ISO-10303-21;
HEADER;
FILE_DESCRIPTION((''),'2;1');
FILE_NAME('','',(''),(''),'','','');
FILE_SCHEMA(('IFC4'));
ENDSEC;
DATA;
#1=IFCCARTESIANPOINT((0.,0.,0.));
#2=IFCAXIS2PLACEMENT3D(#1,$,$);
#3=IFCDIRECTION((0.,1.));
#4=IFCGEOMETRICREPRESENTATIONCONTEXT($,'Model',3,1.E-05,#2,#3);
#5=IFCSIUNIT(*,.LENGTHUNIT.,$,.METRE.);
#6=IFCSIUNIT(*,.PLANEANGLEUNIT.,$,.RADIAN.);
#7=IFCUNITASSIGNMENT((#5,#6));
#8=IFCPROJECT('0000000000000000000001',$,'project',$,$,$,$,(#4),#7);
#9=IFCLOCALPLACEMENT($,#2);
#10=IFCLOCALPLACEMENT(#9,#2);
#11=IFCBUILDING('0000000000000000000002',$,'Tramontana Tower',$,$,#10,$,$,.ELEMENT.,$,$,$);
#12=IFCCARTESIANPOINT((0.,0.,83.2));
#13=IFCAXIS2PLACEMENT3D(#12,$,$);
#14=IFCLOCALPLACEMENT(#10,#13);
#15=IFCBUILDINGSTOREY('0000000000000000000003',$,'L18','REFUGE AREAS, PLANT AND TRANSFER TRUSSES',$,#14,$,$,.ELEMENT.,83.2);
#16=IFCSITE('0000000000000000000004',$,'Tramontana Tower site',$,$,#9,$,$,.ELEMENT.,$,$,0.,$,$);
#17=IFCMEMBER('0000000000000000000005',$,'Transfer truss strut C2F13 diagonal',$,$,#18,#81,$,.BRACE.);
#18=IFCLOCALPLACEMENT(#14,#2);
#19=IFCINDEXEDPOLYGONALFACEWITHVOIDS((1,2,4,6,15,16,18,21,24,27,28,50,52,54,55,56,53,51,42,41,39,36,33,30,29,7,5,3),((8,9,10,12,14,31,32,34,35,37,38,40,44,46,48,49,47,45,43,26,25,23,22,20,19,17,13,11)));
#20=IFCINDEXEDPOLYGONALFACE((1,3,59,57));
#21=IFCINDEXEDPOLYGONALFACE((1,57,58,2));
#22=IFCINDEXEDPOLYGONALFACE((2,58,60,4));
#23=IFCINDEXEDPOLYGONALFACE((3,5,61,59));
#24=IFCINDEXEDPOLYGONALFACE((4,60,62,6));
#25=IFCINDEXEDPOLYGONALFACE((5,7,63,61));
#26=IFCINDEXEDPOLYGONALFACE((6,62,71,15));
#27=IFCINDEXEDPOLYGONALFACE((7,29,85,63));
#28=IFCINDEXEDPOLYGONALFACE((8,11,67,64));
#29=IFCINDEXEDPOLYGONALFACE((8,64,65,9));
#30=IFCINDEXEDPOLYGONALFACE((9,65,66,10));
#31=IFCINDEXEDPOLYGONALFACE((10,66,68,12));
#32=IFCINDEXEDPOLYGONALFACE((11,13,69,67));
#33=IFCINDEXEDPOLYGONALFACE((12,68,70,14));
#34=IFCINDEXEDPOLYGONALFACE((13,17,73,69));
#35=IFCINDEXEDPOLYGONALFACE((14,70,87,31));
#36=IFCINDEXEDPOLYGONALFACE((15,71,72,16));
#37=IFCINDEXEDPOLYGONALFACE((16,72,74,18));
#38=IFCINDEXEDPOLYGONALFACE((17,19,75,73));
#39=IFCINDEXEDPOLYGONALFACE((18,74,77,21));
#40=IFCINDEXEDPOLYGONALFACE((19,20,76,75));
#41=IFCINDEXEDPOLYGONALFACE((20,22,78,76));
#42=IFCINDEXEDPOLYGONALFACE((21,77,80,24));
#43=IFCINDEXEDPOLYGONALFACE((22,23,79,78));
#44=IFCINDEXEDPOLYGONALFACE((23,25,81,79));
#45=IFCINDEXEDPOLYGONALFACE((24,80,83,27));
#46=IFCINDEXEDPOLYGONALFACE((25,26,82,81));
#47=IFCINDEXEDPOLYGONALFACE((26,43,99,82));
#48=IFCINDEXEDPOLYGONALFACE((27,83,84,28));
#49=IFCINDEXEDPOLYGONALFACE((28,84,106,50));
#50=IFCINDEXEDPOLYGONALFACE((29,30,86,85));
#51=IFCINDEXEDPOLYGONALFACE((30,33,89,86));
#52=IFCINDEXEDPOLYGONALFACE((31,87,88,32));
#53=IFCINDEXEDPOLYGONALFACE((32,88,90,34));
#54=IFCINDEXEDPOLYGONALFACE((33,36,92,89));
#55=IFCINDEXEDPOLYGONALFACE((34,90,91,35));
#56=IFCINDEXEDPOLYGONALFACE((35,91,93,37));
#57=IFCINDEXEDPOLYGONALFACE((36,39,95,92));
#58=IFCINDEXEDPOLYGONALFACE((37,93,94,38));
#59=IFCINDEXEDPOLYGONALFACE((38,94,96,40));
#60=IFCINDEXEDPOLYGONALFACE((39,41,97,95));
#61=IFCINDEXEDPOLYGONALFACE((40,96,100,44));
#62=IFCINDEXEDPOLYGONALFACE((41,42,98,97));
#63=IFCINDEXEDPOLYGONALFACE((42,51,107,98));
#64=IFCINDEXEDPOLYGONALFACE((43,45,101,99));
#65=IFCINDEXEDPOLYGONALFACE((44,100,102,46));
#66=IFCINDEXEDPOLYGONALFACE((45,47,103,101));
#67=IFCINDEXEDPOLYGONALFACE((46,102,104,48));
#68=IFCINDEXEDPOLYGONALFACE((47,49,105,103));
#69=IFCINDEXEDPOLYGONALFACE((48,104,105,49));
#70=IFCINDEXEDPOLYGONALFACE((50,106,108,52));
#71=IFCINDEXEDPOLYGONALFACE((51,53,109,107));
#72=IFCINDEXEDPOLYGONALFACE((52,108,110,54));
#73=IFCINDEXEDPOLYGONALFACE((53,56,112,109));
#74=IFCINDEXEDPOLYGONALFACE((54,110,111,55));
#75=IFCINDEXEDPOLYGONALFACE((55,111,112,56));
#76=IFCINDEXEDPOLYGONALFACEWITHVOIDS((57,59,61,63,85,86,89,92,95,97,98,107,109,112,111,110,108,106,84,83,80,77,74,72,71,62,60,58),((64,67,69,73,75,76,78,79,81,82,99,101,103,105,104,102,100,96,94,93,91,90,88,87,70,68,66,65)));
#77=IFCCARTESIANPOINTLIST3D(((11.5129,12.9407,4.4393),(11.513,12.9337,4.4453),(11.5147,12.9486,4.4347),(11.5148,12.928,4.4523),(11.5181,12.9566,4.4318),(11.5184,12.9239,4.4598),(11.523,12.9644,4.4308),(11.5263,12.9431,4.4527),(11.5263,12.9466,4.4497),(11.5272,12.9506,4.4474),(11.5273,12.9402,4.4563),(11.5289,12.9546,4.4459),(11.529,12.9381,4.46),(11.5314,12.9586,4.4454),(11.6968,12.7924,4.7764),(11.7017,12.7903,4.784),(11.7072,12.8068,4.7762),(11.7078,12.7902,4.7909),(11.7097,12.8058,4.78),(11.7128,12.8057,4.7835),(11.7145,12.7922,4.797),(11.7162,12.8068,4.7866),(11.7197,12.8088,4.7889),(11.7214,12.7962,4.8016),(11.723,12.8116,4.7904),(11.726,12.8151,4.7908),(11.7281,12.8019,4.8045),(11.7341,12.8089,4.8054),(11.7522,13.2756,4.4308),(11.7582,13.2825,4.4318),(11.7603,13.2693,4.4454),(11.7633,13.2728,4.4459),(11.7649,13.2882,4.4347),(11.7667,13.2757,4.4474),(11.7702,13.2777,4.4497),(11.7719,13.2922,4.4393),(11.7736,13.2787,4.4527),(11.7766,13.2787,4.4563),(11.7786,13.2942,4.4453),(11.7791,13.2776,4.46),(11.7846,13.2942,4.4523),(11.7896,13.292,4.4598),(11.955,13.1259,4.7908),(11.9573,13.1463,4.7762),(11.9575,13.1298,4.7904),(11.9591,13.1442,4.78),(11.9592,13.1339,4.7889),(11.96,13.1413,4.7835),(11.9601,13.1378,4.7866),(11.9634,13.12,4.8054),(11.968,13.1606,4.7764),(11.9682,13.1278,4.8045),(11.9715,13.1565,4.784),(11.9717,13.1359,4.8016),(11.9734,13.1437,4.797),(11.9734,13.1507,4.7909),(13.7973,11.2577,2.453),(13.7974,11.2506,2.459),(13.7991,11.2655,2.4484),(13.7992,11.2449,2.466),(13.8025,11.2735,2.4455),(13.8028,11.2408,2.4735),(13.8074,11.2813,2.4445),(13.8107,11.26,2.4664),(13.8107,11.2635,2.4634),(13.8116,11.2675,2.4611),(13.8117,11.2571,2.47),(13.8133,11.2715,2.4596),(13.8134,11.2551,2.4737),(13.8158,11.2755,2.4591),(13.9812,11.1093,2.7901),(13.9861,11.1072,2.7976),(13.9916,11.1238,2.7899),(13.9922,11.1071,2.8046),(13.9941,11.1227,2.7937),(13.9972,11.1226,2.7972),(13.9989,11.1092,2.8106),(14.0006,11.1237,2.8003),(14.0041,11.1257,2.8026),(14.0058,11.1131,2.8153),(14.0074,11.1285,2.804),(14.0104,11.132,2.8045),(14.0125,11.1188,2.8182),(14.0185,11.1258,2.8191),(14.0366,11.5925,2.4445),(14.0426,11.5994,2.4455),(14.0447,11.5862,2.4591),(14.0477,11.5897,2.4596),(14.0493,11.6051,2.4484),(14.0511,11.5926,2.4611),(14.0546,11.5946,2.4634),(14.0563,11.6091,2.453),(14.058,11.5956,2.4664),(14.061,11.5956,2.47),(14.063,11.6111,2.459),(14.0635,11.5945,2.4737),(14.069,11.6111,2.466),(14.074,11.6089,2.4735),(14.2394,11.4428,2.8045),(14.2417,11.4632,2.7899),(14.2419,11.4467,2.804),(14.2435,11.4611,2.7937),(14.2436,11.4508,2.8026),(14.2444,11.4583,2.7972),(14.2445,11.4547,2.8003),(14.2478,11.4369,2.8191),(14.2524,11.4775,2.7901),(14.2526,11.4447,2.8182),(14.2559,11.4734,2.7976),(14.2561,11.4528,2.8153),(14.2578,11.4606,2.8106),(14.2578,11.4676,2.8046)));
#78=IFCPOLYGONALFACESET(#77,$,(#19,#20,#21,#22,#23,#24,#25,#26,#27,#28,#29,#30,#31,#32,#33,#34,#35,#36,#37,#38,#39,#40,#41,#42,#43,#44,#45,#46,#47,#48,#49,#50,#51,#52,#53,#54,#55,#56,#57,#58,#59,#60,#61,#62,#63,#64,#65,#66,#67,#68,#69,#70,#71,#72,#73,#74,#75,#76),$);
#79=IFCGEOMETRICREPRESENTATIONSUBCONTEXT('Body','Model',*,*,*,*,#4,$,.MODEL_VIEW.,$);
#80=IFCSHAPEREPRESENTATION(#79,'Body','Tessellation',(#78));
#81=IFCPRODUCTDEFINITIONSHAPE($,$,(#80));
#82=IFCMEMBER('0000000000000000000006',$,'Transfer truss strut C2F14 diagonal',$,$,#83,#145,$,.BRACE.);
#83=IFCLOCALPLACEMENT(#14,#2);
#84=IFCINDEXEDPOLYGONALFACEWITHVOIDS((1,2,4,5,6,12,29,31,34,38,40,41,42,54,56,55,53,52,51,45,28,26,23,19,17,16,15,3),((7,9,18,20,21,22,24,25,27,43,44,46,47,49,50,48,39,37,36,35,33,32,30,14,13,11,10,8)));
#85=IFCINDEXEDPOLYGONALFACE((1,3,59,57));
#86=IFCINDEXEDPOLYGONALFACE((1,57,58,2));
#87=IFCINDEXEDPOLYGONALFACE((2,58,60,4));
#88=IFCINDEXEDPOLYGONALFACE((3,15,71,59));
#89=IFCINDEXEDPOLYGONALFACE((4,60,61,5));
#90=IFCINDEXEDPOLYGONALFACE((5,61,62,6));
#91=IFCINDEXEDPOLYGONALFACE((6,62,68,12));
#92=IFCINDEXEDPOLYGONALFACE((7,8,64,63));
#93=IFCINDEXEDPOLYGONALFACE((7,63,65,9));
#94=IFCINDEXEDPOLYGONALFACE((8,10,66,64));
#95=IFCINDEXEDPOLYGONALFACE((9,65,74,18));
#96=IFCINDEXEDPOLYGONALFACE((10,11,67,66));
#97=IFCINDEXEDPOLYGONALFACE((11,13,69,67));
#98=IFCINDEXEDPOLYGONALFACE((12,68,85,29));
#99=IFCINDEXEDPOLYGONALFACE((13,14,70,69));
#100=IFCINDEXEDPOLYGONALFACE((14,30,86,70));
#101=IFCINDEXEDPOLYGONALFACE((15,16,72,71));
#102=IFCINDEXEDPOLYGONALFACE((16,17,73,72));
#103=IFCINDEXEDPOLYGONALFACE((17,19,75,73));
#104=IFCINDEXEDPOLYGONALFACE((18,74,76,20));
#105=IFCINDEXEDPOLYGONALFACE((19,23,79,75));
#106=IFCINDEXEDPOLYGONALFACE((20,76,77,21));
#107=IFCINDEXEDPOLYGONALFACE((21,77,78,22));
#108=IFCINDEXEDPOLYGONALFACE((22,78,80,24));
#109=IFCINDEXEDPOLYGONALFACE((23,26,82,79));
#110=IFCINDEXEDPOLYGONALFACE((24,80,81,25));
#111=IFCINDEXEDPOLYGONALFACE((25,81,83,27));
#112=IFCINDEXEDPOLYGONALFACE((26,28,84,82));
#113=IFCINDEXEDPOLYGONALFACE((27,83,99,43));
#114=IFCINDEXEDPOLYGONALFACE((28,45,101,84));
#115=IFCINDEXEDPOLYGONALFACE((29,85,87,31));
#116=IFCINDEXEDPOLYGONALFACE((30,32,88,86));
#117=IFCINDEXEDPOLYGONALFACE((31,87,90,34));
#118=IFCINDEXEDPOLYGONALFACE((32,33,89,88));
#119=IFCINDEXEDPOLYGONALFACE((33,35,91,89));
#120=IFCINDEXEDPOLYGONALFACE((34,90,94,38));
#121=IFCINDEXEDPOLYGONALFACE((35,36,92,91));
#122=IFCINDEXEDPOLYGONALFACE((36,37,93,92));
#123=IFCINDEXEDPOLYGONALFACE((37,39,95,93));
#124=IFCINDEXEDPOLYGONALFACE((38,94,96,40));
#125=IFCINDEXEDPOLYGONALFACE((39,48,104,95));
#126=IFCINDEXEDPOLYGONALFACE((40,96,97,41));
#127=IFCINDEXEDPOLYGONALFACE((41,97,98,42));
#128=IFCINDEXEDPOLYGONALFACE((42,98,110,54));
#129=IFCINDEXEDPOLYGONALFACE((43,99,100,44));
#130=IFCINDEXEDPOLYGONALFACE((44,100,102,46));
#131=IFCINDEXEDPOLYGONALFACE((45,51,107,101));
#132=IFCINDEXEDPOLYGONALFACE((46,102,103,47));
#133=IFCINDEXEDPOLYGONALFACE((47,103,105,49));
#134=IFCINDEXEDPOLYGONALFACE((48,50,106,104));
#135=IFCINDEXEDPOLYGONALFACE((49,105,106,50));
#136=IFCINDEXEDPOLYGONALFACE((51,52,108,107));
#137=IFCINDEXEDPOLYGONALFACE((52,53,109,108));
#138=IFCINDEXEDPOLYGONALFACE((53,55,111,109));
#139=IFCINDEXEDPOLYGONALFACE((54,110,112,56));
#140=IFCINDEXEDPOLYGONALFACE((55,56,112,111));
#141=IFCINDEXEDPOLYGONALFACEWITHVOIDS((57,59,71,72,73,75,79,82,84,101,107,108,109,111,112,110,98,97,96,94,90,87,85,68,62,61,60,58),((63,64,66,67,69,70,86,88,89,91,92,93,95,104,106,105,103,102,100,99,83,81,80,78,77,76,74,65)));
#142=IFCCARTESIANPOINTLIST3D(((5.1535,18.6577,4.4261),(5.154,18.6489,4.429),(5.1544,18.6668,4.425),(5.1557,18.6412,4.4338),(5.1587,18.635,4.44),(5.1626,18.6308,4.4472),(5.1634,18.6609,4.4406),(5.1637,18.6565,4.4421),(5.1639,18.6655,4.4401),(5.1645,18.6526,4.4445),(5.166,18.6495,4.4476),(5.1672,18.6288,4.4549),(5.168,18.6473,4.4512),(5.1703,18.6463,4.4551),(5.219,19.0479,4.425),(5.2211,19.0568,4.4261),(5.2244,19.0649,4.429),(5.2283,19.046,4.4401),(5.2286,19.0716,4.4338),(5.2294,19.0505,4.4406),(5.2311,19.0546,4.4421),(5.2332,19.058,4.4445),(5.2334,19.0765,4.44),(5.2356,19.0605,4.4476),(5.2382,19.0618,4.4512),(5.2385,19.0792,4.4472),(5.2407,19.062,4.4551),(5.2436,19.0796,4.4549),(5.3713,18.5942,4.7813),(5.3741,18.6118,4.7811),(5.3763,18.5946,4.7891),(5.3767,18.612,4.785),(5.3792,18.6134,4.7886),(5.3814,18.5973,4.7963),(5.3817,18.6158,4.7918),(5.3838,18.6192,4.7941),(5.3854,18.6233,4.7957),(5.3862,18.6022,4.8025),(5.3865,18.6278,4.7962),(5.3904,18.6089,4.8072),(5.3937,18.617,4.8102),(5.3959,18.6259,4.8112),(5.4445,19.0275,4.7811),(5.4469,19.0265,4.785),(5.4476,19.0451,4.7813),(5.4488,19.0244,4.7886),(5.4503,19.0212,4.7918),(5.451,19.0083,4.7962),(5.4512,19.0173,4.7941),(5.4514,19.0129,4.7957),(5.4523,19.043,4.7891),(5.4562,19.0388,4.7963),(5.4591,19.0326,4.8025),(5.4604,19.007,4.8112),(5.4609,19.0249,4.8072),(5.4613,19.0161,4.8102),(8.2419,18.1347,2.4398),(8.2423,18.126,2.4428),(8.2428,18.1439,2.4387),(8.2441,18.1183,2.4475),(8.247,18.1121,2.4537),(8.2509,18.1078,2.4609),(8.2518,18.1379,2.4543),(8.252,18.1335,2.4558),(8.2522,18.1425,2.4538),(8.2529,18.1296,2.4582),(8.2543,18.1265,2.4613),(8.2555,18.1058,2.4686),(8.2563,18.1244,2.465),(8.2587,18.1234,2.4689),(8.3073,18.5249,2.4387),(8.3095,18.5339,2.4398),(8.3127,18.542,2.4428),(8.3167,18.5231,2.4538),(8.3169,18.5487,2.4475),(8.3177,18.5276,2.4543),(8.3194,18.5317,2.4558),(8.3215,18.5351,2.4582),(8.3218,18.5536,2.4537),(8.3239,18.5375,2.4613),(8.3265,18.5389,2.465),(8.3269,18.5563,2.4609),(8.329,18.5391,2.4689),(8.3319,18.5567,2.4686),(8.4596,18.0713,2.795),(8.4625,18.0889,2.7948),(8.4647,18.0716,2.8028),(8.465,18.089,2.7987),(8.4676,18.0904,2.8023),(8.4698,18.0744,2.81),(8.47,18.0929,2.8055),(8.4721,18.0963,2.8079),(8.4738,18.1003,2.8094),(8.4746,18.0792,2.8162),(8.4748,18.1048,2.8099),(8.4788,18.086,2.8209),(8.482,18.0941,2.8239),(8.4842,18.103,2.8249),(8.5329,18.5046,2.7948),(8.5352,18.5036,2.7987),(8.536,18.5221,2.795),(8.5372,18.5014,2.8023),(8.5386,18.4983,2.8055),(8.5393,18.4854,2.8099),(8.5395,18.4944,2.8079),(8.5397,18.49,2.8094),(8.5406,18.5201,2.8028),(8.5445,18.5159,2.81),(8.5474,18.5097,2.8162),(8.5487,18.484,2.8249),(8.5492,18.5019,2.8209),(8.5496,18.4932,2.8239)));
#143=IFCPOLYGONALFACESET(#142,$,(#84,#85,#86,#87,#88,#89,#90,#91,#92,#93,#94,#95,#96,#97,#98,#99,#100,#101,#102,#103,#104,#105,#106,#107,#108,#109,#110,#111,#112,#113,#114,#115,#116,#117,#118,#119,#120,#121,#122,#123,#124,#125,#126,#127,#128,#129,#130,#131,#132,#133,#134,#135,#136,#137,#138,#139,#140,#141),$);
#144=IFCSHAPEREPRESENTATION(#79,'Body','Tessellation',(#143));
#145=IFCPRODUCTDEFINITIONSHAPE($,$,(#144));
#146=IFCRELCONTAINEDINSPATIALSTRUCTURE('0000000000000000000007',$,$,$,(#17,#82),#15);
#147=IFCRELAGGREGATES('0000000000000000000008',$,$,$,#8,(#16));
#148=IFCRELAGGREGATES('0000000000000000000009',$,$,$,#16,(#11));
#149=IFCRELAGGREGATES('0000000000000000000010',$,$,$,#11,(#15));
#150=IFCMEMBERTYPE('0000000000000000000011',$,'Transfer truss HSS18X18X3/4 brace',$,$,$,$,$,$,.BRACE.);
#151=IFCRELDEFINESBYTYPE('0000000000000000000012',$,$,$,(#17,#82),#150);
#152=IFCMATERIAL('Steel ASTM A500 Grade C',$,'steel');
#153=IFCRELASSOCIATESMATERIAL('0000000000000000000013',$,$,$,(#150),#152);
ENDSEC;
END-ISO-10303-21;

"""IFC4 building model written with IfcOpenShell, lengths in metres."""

from ifc_helpers import new_model, si_unit, direction, frame, origin, origin_2d, place, context, subcontext, project, spatial, hollow_rectangle, extrude, material, material_profile, profile_set, type_object, element, save


model = new_model("IFC4")

# Units and contexts
model_context = context("Model", 3, precision=1e-05, world=origin(), true_north=direction((0.0, 1.0)))
body_context = subcontext(model_context, "Body", "Model", "MODEL_VIEW")
ifc_project = project(units=[si_unit("LENGTHUNIT", "METRE"), si_unit("PLANEANGLEUNIT", "RADIAN")], contexts=[model_context])

# Site, building, storey
site_placement = place(None, origin())
site = spatial("IfcSite", under=ifc_project, at=site_placement, Name="Tramontana Tower site", CompositionType="ELEMENT", RefElevation=0.0)
building_placement = place(site_placement, origin())
building = spatial("IfcBuilding", under=site, at=building_placement, Name="Tramontana Tower", CompositionType="ELEMENT")
storey_placement = place(building_placement, frame((0.0, 0.0, 83.2)))
storey = spatial("IfcBuildingStorey", under=building, at=storey_placement, Name="L18", Description="REFUGE AREAS, PLANT AND TRANSFER TRUSSES", CompositionType="ELEMENT", Elevation=83.2)

# Members
ifc_material_1 = material(Name="Steel ASTM A500 Grade C", Category="steel")
ifc_material_profile_1 = material_profile(ifc_material_1, hollow_rectangle(XDim=0.4573, YDim=0.4573, WallThickness=0.0178, InnerFilletRadius=0.0178, OuterFilletRadius=0.0354, at=origin_2d()), Name="HSS18X18X3/4")
ifc_profile_set_1 = profile_set([ifc_material_profile_1], Name="Steel ASTM A500 Grade C")
member_type_1 = type_object("IfcMemberType", Name="Transfer truss HSS18X18X3/4 brace", PredefinedType="BRACE", material=ifc_profile_set_1)
member_1_placement = place(storey_placement, frame((14.0276, 11.3591, 2.6318), z_axis=(-0.659541, 0.485933, 0.573477), x_axis=(-0.593164, -0.805082, 0.0)))
element("IfcMember", 1, at=member_1_placement, inside=storey, type_object=member_type_1, Name="Transfer truss strut C2F13 diagonal", PredefinedType="BRACE", context=body_context, shape_type="SweptSolid", body=[
    extrude(hollow_rectangle(XDim=0.4573, YDim=0.4573, WallThickness=0.0178, InnerFilletRadius=0.0178, OuterFilletRadius=0.0354, at=origin_2d()), origin(), (0.0, 0.0, 1.0), 3.4636),
])
member_2_placement = place(storey_placement, frame((8.3958, 18.314, 2.6318), z_axis=(-0.83266, 0.140993, 0.535535), x_axis=(-0.166952, -0.985965, 0.0)))
element("IfcMember", 2, at=member_2_placement, inside=storey, type_object=member_type_1, Name="Transfer truss strut C2F14 diagonal", PredefinedType="BRACE", context=body_context, shape_type="SweptSolid", body=[
    extrude(hollow_rectangle(XDim=0.4573, YDim=0.4573, WallThickness=0.0178, InnerFilletRadius=0.0178, OuterFilletRadius=0.0354, at=origin_2d()), origin(), (0.0, 0.0, 1.0), 3.709),
])

save(model, "model.ifc")
